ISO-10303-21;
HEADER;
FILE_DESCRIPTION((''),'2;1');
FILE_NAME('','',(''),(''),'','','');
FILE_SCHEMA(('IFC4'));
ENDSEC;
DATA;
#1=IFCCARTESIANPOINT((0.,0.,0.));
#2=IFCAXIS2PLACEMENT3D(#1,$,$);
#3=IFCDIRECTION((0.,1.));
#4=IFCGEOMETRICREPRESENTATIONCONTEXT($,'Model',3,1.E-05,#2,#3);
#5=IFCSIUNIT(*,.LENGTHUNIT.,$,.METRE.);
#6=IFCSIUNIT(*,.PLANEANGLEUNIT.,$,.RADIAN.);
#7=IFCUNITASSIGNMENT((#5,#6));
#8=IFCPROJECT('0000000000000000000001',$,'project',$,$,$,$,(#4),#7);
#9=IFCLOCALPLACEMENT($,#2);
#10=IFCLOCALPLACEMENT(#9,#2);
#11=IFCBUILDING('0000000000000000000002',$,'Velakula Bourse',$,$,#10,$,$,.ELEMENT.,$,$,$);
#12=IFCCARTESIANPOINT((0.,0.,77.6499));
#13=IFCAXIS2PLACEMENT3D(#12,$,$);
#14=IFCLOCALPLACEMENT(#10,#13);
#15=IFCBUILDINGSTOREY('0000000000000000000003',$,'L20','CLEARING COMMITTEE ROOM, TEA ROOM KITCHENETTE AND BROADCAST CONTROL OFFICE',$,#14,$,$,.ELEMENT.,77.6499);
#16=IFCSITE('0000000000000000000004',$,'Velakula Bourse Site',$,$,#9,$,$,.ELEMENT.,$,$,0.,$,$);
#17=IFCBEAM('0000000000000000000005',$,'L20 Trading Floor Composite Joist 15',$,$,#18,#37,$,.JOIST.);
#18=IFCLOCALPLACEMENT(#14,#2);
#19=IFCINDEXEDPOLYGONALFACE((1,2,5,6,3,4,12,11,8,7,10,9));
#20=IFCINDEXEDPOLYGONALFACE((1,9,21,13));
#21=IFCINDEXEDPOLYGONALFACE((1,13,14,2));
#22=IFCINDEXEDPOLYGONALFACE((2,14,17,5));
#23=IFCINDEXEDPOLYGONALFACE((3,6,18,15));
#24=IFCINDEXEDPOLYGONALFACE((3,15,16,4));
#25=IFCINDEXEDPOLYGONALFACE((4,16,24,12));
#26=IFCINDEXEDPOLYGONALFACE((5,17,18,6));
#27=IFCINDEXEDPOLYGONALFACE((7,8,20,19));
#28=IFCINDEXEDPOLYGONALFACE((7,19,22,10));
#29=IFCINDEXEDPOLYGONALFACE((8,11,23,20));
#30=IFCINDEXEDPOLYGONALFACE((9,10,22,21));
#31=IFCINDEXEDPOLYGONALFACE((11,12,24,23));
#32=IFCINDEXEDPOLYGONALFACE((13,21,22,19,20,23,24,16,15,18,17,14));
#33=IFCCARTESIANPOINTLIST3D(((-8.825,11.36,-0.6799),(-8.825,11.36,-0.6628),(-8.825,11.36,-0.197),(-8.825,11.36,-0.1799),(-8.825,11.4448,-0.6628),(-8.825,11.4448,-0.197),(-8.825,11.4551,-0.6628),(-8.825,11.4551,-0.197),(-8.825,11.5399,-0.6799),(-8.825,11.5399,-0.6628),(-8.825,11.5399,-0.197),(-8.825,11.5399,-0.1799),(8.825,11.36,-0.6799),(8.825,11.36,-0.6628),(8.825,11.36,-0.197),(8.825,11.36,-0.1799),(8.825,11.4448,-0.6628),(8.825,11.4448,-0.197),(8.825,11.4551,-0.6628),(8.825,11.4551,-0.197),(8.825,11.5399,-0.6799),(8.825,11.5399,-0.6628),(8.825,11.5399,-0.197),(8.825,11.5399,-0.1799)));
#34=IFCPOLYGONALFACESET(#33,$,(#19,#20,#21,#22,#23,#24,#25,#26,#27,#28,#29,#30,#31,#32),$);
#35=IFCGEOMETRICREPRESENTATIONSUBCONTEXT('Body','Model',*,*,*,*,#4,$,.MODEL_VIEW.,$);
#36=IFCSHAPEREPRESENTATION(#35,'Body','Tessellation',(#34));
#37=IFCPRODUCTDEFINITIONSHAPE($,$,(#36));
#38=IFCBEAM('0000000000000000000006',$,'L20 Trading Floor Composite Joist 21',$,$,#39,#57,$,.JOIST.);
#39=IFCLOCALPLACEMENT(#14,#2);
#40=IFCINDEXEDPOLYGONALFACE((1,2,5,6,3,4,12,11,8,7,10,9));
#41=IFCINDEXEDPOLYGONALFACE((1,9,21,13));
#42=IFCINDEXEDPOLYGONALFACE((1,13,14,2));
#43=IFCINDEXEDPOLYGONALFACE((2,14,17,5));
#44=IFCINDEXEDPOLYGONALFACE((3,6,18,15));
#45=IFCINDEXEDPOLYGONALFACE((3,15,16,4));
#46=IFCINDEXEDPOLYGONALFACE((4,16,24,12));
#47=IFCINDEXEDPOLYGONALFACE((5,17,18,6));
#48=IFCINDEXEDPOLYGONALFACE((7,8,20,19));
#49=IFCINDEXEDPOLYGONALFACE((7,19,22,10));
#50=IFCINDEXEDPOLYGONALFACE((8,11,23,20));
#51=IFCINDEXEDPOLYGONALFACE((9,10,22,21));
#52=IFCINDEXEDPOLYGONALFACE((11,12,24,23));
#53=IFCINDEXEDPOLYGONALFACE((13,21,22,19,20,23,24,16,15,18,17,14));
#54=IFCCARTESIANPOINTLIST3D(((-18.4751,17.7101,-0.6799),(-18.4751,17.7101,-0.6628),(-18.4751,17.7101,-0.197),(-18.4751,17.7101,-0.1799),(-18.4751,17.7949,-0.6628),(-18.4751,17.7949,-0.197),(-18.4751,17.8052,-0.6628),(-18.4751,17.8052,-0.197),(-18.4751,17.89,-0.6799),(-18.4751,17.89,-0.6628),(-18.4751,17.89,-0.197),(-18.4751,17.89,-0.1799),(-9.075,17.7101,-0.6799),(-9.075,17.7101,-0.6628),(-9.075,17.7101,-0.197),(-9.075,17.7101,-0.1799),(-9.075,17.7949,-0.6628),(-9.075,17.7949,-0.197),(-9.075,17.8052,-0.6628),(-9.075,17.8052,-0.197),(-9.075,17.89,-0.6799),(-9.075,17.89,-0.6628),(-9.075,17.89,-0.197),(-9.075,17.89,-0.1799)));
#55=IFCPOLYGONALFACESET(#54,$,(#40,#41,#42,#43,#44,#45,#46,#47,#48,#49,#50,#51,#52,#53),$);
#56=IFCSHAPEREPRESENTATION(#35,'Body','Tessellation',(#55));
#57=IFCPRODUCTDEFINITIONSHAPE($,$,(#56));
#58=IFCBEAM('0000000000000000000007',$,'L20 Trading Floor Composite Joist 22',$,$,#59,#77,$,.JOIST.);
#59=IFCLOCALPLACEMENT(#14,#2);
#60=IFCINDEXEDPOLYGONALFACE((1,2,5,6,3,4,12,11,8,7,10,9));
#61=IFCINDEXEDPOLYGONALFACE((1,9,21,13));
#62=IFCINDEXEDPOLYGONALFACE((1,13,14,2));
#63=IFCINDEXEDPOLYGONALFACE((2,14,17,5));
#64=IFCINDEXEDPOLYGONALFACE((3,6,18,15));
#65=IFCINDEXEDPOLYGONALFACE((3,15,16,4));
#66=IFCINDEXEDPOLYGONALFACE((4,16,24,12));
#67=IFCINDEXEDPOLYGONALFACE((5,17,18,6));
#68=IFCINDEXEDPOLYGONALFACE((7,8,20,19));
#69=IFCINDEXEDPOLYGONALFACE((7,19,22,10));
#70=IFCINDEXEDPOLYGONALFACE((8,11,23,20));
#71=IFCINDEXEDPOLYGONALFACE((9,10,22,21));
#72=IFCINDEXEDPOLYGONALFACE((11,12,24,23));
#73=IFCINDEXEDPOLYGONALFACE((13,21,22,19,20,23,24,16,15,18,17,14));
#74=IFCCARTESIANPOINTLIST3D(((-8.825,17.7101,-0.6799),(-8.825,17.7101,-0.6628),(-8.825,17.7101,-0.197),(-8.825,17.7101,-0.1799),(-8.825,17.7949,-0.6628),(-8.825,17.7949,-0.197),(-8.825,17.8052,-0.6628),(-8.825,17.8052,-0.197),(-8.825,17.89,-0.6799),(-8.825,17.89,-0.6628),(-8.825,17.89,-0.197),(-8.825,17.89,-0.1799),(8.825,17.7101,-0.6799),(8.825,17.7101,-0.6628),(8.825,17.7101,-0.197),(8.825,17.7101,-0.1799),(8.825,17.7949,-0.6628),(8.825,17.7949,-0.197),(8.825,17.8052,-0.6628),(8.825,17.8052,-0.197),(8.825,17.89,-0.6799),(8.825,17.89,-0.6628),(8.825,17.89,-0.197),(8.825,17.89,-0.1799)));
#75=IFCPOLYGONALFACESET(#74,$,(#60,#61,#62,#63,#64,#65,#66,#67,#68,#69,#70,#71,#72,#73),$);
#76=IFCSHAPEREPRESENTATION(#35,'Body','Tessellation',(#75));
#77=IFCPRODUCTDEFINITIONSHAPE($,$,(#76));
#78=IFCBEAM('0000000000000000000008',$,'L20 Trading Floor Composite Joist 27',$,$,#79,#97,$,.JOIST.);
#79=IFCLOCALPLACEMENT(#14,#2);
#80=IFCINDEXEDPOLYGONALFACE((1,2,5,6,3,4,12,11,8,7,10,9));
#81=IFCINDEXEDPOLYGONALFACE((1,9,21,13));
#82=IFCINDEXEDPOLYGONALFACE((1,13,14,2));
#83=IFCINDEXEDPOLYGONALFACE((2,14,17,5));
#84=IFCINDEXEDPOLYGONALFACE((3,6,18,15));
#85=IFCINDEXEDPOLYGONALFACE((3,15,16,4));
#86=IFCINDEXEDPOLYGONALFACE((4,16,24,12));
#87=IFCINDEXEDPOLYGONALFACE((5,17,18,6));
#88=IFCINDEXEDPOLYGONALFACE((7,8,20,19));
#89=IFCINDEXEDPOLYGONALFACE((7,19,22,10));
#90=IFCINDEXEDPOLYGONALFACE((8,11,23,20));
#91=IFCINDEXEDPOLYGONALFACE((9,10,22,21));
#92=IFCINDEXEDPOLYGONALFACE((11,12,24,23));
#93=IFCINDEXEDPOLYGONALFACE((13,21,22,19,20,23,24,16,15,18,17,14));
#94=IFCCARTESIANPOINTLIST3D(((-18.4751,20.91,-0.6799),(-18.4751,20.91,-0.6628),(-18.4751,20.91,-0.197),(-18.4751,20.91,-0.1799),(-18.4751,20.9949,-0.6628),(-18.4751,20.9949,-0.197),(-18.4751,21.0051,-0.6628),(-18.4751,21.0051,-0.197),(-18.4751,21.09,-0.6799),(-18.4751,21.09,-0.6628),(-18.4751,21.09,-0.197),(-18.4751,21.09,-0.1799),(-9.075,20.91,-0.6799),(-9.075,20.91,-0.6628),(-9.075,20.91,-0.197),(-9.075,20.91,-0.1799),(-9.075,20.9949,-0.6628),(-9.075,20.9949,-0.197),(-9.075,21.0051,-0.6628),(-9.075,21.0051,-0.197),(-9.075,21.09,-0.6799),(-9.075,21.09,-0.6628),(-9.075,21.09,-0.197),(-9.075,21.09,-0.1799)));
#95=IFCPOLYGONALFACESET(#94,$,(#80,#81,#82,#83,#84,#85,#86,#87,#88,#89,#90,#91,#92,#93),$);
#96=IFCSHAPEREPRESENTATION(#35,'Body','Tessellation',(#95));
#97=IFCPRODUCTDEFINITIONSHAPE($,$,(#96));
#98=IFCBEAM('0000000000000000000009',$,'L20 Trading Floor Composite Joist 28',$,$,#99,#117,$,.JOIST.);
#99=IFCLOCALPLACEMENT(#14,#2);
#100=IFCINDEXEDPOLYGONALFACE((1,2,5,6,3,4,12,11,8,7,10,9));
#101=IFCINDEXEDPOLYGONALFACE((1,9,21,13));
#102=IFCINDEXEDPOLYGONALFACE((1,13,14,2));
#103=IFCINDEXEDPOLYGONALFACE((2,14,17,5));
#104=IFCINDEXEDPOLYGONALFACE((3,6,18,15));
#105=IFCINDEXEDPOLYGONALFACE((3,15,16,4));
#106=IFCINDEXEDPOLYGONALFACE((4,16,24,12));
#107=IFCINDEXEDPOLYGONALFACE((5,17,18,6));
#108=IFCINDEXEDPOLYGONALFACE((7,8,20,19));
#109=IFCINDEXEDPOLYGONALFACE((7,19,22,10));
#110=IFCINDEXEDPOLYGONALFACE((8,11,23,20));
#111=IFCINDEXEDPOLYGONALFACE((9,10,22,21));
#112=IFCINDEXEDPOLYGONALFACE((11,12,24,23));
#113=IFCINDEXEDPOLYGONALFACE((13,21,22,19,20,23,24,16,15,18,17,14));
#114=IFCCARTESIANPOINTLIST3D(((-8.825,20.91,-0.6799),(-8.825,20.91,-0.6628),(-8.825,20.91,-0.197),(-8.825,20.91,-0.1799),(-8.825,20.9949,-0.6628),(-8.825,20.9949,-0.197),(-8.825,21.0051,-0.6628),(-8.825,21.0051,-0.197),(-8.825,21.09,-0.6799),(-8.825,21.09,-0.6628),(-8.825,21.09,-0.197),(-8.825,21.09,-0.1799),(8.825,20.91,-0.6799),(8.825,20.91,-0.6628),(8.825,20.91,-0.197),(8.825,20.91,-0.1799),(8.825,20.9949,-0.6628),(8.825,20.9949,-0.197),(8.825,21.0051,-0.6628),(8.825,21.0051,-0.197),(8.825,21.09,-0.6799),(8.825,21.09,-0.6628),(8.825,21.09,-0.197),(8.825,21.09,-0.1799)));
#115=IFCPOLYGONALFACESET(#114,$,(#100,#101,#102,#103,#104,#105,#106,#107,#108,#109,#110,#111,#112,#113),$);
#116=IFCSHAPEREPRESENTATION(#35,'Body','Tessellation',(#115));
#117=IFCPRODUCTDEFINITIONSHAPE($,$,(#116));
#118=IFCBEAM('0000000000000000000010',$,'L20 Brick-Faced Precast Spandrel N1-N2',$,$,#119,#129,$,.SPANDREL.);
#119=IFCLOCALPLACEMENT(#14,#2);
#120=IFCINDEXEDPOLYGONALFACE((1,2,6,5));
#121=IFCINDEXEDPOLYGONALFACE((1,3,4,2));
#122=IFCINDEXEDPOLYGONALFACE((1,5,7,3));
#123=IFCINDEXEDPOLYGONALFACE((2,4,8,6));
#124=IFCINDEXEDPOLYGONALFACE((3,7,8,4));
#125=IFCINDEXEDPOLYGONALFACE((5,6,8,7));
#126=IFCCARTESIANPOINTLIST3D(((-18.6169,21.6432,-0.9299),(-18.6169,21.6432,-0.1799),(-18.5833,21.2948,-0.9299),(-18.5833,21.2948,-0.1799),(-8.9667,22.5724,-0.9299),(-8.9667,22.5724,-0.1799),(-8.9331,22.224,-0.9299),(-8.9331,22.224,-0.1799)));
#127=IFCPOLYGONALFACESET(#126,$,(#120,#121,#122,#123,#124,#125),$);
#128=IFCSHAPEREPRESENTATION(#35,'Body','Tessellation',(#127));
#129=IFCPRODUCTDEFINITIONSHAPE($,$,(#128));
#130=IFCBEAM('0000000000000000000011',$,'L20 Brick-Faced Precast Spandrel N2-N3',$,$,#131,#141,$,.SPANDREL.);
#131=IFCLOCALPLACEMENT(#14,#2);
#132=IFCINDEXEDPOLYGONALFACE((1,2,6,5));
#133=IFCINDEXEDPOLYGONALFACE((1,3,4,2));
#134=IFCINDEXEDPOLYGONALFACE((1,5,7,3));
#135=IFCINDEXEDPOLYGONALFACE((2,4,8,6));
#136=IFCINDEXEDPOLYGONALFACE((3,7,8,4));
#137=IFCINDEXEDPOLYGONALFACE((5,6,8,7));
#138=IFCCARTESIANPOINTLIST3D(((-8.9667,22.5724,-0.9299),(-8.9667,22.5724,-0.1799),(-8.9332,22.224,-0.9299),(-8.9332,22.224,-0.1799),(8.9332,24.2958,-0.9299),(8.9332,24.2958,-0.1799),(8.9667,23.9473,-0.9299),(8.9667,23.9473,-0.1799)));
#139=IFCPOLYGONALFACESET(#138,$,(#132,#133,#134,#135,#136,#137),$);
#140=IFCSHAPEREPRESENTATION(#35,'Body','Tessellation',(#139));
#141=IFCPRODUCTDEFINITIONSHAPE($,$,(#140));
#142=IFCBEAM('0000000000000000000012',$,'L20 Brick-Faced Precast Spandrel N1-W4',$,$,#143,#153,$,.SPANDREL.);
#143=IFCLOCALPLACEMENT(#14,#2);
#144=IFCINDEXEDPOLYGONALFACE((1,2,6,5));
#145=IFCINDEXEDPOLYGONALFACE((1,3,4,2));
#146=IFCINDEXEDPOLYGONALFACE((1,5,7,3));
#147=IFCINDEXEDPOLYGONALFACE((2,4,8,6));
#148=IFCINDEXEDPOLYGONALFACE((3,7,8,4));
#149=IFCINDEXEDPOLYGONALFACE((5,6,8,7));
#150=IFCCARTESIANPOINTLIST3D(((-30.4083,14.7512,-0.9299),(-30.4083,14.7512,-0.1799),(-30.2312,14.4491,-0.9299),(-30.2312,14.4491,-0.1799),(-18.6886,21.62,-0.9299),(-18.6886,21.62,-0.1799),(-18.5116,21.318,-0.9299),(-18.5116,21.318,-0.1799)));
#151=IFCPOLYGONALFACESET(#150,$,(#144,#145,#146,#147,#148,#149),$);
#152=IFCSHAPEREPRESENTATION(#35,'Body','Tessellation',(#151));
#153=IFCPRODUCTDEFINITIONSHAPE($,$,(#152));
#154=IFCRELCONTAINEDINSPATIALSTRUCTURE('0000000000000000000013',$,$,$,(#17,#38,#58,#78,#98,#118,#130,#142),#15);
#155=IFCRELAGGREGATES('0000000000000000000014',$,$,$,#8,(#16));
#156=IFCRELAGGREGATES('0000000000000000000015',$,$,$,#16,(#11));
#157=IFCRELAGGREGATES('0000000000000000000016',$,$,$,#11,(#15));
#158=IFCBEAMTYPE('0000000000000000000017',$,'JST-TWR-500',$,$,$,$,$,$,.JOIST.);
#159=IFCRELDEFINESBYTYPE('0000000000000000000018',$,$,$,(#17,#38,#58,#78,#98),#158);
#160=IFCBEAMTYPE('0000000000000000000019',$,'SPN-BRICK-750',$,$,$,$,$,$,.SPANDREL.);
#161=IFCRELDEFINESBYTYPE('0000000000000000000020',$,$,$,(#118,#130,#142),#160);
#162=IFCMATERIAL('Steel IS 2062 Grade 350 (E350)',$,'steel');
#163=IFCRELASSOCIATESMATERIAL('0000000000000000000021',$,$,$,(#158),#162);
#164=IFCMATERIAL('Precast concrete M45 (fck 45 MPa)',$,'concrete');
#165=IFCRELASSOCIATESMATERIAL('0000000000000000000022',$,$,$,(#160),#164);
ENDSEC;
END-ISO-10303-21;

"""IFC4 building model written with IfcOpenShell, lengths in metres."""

from ifc_helpers import new_model, si_unit, direction, frame, origin, origin_2d, place, context, subcontext, project, spatial, rectangle, i_section, extrude, material, material_profile, profile_set, type_object, element, save


model = new_model("IFC4")

# Units and contexts
model_context = context("Model", 3, precision=1e-05, world=origin(), true_north=direction((0.0, 1.0)))
body_context = subcontext(model_context, "Body", "Model", "MODEL_VIEW")
ifc_project = project(units=[si_unit("LENGTHUNIT", "METRE"), si_unit("PLANEANGLEUNIT", "RADIAN")], contexts=[model_context])

# Site, building, storey
site_placement = place(None, origin())
site = spatial("IfcSite", under=ifc_project, at=site_placement, Name="Velakula Bourse Site", CompositionType="ELEMENT", RefElevation=0.0)
building_placement = place(site_placement, origin())
building = spatial("IfcBuilding", under=site, at=building_placement, Name="Velakula Bourse", CompositionType="ELEMENT")
storey_placement = place(building_placement, frame((0.0, 0.0, 77.6499)))
storey = spatial("IfcBuildingStorey", under=building, at=storey_placement, Name="L20", Description="CLEARING COMMITTEE ROOM, TEA ROOM KITCHENETTE AND BROADCAST CONTROL OFFICE", CompositionType="ELEMENT", Elevation=77.6499)

# Beams
ifc_material_1 = material(Name="Steel IS 2062 Grade 350 (E350)", Category="steel")
ifc_material_profile_1 = material_profile(ifc_material_1, i_section(OverallWidth=0.1799, OverallDepth=0.5, WebThickness=0.0103, FlangeThickness=0.0171, at=origin_2d()), Name="Steel IS 2062 Grade 350 (E350)")
ifc_profile_set_1 = profile_set([ifc_material_profile_1], Name="Steel IS 2062 Grade 350 (E350)")
beam_type_1 = type_object("IfcBeamType", Name="JST-TWR-500", PredefinedType="JOIST", material=ifc_profile_set_1)
beam_1_placement = place(storey_placement, frame((-8.825, 11.45, -0.4299), z_axis=(1.0, 0.0, 0.0), x_axis=(0.0, 1.0, 0.0)))
element("IfcBeam", 1, at=beam_1_placement, inside=storey, type_object=beam_type_1, Name="L20 Trading Floor Composite Joist 15", PredefinedType="JOIST", context=body_context, shape_type="SweptSolid", body=[
    extrude(i_section(OverallWidth=0.1799, OverallDepth=0.5, WebThickness=0.0103, FlangeThickness=0.0171, at=origin_2d()), origin(), (0.0, 0.0, 1.0), 17.6499),
])
beam_2_placement = place(storey_placement, frame((-18.4751, 17.8, -0.4299), z_axis=(1.0, 0.0, 0.0), x_axis=(0.0, 1.0, 0.0)))
element("IfcBeam", 2, at=beam_2_placement, inside=storey, type_object=beam_type_1, Name="L20 Trading Floor Composite Joist 21", PredefinedType="JOIST", context=body_context, shape_type="SweptSolid", body=[
    extrude(i_section(OverallWidth=0.1799, OverallDepth=0.5, WebThickness=0.0103, FlangeThickness=0.0171, at=origin_2d()), origin(), (0.0, 0.0, 1.0), 9.4001),
])
beam_3_placement = place(storey_placement, frame((-8.825, 17.8, -0.4299), z_axis=(1.0, 0.0, 0.0), x_axis=(0.0, 1.0, 0.0)))
element("IfcBeam", 3, at=beam_3_placement, inside=storey, type_object=beam_type_1, Name="L20 Trading Floor Composite Joist 22", PredefinedType="JOIST", context=body_context, shape_type="SweptSolid", body=[
    extrude(i_section(OverallWidth=0.1799, OverallDepth=0.5, WebThickness=0.0103, FlangeThickness=0.0171, at=origin_2d()), origin(), (0.0, 0.0, 1.0), 17.6499),
])
beam_4_placement = place(storey_placement, frame((-18.4751, 21.0, -0.4299), z_axis=(1.0, 0.0, 0.0), x_axis=(0.0, 1.0, 0.0)))
element("IfcBeam", 4, at=beam_4_placement, inside=storey, type_object=beam_type_1, Name="L20 Trading Floor Composite Joist 27", PredefinedType="JOIST", context=body_context, shape_type="SweptSolid", body=[
    extrude(i_section(OverallWidth=0.1799, OverallDepth=0.5, WebThickness=0.0103, FlangeThickness=0.0171, at=origin_2d()), origin(), (0.0, 0.0, 1.0), 9.4001),
])
beam_5_placement = place(storey_placement, frame((-8.825, 21.0, -0.4299), z_axis=(1.0, 0.0, 0.0), x_axis=(0.0, 1.0, 0.0)))
element("IfcBeam", 5, at=beam_5_placement, inside=storey, type_object=beam_type_1, Name="L20 Trading Floor Composite Joist 28", PredefinedType="JOIST", context=body_context, shape_type="SweptSolid", body=[
    extrude(i_section(OverallWidth=0.1799, OverallDepth=0.5, WebThickness=0.0103, FlangeThickness=0.0171, at=origin_2d()), origin(), (0.0, 0.0, 1.0), 17.6499),
])
ifc_material_2 = material(Name="Precast concrete M45 (fck 45 MPa)", Category="concrete")
ifc_material_profile_2 = material_profile(ifc_material_2, rectangle(XDim=0.3501, YDim=0.75, at=origin_2d()), Name="Precast concrete M45 (fck 45 MPa)")
ifc_profile_set_2 = profile_set([ifc_material_profile_2], Name="Precast concrete M45 (fck 45 MPa)")
beam_type_2 = type_object("IfcBeamType", Name="SPN-BRICK-750", PredefinedType="SPANDREL", material=ifc_profile_set_2)
beam_6_placement = place(storey_placement, frame((-18.6001, 21.469, -0.5549), z_axis=(0.995396, 0.095845, 0.0), x_axis=(-0.095845, 0.995396, 0.0)))
element("IfcBeam", 6, at=beam_6_placement, inside=storey, type_object=beam_type_2, Name="L20 Brick-Faced Precast Spandrel N1-N2", PredefinedType="SPANDREL", context=body_context, shape_type="SweptSolid", body=[
    extrude(rectangle(XDim=0.3501, YDim=0.75, at=origin_2d()), origin(), (0.0, 0.0, 1.0), 9.6948),
])
beam_7_placement = place(storey_placement, frame((-8.95, 22.3982, -0.5549), z_axis=(0.995397, 0.095836, 0.0), x_axis=(-0.095836, 0.995397, 0.0)))
element("IfcBeam", 7, at=beam_7_placement, inside=storey, type_object=beam_type_2, Name="L20 Brick-Faced Precast Spandrel N2-N3", PredefinedType="SPANDREL", context=body_context, shape_type="SweptSolid", body=[
    extrude(rectangle(XDim=0.3501, YDim=0.75, at=origin_2d()), origin(), (0.0, 0.0, 1.0), 17.9827),
])
beam_8_placement = place(storey_placement, frame((-18.6001, 21.469, -0.5549), z_axis=(-0.862739, -0.505649, 0.0), x_axis=(0.505649, -0.862739, 0.0)))
element("IfcBeam", 8, at=beam_8_placement, inside=storey, type_object=beam_type_2, Name="L20 Brick-Faced Precast Spandrel N1-W4", PredefinedType="SPANDREL", context=body_context, shape_type="SweptSolid", body=[
    extrude(rectangle(XDim=0.3501, YDim=0.75, at=origin_2d()), origin(), (0.0, 0.0, 1.0), 13.5842),
])

save(model, "model.ifc")
